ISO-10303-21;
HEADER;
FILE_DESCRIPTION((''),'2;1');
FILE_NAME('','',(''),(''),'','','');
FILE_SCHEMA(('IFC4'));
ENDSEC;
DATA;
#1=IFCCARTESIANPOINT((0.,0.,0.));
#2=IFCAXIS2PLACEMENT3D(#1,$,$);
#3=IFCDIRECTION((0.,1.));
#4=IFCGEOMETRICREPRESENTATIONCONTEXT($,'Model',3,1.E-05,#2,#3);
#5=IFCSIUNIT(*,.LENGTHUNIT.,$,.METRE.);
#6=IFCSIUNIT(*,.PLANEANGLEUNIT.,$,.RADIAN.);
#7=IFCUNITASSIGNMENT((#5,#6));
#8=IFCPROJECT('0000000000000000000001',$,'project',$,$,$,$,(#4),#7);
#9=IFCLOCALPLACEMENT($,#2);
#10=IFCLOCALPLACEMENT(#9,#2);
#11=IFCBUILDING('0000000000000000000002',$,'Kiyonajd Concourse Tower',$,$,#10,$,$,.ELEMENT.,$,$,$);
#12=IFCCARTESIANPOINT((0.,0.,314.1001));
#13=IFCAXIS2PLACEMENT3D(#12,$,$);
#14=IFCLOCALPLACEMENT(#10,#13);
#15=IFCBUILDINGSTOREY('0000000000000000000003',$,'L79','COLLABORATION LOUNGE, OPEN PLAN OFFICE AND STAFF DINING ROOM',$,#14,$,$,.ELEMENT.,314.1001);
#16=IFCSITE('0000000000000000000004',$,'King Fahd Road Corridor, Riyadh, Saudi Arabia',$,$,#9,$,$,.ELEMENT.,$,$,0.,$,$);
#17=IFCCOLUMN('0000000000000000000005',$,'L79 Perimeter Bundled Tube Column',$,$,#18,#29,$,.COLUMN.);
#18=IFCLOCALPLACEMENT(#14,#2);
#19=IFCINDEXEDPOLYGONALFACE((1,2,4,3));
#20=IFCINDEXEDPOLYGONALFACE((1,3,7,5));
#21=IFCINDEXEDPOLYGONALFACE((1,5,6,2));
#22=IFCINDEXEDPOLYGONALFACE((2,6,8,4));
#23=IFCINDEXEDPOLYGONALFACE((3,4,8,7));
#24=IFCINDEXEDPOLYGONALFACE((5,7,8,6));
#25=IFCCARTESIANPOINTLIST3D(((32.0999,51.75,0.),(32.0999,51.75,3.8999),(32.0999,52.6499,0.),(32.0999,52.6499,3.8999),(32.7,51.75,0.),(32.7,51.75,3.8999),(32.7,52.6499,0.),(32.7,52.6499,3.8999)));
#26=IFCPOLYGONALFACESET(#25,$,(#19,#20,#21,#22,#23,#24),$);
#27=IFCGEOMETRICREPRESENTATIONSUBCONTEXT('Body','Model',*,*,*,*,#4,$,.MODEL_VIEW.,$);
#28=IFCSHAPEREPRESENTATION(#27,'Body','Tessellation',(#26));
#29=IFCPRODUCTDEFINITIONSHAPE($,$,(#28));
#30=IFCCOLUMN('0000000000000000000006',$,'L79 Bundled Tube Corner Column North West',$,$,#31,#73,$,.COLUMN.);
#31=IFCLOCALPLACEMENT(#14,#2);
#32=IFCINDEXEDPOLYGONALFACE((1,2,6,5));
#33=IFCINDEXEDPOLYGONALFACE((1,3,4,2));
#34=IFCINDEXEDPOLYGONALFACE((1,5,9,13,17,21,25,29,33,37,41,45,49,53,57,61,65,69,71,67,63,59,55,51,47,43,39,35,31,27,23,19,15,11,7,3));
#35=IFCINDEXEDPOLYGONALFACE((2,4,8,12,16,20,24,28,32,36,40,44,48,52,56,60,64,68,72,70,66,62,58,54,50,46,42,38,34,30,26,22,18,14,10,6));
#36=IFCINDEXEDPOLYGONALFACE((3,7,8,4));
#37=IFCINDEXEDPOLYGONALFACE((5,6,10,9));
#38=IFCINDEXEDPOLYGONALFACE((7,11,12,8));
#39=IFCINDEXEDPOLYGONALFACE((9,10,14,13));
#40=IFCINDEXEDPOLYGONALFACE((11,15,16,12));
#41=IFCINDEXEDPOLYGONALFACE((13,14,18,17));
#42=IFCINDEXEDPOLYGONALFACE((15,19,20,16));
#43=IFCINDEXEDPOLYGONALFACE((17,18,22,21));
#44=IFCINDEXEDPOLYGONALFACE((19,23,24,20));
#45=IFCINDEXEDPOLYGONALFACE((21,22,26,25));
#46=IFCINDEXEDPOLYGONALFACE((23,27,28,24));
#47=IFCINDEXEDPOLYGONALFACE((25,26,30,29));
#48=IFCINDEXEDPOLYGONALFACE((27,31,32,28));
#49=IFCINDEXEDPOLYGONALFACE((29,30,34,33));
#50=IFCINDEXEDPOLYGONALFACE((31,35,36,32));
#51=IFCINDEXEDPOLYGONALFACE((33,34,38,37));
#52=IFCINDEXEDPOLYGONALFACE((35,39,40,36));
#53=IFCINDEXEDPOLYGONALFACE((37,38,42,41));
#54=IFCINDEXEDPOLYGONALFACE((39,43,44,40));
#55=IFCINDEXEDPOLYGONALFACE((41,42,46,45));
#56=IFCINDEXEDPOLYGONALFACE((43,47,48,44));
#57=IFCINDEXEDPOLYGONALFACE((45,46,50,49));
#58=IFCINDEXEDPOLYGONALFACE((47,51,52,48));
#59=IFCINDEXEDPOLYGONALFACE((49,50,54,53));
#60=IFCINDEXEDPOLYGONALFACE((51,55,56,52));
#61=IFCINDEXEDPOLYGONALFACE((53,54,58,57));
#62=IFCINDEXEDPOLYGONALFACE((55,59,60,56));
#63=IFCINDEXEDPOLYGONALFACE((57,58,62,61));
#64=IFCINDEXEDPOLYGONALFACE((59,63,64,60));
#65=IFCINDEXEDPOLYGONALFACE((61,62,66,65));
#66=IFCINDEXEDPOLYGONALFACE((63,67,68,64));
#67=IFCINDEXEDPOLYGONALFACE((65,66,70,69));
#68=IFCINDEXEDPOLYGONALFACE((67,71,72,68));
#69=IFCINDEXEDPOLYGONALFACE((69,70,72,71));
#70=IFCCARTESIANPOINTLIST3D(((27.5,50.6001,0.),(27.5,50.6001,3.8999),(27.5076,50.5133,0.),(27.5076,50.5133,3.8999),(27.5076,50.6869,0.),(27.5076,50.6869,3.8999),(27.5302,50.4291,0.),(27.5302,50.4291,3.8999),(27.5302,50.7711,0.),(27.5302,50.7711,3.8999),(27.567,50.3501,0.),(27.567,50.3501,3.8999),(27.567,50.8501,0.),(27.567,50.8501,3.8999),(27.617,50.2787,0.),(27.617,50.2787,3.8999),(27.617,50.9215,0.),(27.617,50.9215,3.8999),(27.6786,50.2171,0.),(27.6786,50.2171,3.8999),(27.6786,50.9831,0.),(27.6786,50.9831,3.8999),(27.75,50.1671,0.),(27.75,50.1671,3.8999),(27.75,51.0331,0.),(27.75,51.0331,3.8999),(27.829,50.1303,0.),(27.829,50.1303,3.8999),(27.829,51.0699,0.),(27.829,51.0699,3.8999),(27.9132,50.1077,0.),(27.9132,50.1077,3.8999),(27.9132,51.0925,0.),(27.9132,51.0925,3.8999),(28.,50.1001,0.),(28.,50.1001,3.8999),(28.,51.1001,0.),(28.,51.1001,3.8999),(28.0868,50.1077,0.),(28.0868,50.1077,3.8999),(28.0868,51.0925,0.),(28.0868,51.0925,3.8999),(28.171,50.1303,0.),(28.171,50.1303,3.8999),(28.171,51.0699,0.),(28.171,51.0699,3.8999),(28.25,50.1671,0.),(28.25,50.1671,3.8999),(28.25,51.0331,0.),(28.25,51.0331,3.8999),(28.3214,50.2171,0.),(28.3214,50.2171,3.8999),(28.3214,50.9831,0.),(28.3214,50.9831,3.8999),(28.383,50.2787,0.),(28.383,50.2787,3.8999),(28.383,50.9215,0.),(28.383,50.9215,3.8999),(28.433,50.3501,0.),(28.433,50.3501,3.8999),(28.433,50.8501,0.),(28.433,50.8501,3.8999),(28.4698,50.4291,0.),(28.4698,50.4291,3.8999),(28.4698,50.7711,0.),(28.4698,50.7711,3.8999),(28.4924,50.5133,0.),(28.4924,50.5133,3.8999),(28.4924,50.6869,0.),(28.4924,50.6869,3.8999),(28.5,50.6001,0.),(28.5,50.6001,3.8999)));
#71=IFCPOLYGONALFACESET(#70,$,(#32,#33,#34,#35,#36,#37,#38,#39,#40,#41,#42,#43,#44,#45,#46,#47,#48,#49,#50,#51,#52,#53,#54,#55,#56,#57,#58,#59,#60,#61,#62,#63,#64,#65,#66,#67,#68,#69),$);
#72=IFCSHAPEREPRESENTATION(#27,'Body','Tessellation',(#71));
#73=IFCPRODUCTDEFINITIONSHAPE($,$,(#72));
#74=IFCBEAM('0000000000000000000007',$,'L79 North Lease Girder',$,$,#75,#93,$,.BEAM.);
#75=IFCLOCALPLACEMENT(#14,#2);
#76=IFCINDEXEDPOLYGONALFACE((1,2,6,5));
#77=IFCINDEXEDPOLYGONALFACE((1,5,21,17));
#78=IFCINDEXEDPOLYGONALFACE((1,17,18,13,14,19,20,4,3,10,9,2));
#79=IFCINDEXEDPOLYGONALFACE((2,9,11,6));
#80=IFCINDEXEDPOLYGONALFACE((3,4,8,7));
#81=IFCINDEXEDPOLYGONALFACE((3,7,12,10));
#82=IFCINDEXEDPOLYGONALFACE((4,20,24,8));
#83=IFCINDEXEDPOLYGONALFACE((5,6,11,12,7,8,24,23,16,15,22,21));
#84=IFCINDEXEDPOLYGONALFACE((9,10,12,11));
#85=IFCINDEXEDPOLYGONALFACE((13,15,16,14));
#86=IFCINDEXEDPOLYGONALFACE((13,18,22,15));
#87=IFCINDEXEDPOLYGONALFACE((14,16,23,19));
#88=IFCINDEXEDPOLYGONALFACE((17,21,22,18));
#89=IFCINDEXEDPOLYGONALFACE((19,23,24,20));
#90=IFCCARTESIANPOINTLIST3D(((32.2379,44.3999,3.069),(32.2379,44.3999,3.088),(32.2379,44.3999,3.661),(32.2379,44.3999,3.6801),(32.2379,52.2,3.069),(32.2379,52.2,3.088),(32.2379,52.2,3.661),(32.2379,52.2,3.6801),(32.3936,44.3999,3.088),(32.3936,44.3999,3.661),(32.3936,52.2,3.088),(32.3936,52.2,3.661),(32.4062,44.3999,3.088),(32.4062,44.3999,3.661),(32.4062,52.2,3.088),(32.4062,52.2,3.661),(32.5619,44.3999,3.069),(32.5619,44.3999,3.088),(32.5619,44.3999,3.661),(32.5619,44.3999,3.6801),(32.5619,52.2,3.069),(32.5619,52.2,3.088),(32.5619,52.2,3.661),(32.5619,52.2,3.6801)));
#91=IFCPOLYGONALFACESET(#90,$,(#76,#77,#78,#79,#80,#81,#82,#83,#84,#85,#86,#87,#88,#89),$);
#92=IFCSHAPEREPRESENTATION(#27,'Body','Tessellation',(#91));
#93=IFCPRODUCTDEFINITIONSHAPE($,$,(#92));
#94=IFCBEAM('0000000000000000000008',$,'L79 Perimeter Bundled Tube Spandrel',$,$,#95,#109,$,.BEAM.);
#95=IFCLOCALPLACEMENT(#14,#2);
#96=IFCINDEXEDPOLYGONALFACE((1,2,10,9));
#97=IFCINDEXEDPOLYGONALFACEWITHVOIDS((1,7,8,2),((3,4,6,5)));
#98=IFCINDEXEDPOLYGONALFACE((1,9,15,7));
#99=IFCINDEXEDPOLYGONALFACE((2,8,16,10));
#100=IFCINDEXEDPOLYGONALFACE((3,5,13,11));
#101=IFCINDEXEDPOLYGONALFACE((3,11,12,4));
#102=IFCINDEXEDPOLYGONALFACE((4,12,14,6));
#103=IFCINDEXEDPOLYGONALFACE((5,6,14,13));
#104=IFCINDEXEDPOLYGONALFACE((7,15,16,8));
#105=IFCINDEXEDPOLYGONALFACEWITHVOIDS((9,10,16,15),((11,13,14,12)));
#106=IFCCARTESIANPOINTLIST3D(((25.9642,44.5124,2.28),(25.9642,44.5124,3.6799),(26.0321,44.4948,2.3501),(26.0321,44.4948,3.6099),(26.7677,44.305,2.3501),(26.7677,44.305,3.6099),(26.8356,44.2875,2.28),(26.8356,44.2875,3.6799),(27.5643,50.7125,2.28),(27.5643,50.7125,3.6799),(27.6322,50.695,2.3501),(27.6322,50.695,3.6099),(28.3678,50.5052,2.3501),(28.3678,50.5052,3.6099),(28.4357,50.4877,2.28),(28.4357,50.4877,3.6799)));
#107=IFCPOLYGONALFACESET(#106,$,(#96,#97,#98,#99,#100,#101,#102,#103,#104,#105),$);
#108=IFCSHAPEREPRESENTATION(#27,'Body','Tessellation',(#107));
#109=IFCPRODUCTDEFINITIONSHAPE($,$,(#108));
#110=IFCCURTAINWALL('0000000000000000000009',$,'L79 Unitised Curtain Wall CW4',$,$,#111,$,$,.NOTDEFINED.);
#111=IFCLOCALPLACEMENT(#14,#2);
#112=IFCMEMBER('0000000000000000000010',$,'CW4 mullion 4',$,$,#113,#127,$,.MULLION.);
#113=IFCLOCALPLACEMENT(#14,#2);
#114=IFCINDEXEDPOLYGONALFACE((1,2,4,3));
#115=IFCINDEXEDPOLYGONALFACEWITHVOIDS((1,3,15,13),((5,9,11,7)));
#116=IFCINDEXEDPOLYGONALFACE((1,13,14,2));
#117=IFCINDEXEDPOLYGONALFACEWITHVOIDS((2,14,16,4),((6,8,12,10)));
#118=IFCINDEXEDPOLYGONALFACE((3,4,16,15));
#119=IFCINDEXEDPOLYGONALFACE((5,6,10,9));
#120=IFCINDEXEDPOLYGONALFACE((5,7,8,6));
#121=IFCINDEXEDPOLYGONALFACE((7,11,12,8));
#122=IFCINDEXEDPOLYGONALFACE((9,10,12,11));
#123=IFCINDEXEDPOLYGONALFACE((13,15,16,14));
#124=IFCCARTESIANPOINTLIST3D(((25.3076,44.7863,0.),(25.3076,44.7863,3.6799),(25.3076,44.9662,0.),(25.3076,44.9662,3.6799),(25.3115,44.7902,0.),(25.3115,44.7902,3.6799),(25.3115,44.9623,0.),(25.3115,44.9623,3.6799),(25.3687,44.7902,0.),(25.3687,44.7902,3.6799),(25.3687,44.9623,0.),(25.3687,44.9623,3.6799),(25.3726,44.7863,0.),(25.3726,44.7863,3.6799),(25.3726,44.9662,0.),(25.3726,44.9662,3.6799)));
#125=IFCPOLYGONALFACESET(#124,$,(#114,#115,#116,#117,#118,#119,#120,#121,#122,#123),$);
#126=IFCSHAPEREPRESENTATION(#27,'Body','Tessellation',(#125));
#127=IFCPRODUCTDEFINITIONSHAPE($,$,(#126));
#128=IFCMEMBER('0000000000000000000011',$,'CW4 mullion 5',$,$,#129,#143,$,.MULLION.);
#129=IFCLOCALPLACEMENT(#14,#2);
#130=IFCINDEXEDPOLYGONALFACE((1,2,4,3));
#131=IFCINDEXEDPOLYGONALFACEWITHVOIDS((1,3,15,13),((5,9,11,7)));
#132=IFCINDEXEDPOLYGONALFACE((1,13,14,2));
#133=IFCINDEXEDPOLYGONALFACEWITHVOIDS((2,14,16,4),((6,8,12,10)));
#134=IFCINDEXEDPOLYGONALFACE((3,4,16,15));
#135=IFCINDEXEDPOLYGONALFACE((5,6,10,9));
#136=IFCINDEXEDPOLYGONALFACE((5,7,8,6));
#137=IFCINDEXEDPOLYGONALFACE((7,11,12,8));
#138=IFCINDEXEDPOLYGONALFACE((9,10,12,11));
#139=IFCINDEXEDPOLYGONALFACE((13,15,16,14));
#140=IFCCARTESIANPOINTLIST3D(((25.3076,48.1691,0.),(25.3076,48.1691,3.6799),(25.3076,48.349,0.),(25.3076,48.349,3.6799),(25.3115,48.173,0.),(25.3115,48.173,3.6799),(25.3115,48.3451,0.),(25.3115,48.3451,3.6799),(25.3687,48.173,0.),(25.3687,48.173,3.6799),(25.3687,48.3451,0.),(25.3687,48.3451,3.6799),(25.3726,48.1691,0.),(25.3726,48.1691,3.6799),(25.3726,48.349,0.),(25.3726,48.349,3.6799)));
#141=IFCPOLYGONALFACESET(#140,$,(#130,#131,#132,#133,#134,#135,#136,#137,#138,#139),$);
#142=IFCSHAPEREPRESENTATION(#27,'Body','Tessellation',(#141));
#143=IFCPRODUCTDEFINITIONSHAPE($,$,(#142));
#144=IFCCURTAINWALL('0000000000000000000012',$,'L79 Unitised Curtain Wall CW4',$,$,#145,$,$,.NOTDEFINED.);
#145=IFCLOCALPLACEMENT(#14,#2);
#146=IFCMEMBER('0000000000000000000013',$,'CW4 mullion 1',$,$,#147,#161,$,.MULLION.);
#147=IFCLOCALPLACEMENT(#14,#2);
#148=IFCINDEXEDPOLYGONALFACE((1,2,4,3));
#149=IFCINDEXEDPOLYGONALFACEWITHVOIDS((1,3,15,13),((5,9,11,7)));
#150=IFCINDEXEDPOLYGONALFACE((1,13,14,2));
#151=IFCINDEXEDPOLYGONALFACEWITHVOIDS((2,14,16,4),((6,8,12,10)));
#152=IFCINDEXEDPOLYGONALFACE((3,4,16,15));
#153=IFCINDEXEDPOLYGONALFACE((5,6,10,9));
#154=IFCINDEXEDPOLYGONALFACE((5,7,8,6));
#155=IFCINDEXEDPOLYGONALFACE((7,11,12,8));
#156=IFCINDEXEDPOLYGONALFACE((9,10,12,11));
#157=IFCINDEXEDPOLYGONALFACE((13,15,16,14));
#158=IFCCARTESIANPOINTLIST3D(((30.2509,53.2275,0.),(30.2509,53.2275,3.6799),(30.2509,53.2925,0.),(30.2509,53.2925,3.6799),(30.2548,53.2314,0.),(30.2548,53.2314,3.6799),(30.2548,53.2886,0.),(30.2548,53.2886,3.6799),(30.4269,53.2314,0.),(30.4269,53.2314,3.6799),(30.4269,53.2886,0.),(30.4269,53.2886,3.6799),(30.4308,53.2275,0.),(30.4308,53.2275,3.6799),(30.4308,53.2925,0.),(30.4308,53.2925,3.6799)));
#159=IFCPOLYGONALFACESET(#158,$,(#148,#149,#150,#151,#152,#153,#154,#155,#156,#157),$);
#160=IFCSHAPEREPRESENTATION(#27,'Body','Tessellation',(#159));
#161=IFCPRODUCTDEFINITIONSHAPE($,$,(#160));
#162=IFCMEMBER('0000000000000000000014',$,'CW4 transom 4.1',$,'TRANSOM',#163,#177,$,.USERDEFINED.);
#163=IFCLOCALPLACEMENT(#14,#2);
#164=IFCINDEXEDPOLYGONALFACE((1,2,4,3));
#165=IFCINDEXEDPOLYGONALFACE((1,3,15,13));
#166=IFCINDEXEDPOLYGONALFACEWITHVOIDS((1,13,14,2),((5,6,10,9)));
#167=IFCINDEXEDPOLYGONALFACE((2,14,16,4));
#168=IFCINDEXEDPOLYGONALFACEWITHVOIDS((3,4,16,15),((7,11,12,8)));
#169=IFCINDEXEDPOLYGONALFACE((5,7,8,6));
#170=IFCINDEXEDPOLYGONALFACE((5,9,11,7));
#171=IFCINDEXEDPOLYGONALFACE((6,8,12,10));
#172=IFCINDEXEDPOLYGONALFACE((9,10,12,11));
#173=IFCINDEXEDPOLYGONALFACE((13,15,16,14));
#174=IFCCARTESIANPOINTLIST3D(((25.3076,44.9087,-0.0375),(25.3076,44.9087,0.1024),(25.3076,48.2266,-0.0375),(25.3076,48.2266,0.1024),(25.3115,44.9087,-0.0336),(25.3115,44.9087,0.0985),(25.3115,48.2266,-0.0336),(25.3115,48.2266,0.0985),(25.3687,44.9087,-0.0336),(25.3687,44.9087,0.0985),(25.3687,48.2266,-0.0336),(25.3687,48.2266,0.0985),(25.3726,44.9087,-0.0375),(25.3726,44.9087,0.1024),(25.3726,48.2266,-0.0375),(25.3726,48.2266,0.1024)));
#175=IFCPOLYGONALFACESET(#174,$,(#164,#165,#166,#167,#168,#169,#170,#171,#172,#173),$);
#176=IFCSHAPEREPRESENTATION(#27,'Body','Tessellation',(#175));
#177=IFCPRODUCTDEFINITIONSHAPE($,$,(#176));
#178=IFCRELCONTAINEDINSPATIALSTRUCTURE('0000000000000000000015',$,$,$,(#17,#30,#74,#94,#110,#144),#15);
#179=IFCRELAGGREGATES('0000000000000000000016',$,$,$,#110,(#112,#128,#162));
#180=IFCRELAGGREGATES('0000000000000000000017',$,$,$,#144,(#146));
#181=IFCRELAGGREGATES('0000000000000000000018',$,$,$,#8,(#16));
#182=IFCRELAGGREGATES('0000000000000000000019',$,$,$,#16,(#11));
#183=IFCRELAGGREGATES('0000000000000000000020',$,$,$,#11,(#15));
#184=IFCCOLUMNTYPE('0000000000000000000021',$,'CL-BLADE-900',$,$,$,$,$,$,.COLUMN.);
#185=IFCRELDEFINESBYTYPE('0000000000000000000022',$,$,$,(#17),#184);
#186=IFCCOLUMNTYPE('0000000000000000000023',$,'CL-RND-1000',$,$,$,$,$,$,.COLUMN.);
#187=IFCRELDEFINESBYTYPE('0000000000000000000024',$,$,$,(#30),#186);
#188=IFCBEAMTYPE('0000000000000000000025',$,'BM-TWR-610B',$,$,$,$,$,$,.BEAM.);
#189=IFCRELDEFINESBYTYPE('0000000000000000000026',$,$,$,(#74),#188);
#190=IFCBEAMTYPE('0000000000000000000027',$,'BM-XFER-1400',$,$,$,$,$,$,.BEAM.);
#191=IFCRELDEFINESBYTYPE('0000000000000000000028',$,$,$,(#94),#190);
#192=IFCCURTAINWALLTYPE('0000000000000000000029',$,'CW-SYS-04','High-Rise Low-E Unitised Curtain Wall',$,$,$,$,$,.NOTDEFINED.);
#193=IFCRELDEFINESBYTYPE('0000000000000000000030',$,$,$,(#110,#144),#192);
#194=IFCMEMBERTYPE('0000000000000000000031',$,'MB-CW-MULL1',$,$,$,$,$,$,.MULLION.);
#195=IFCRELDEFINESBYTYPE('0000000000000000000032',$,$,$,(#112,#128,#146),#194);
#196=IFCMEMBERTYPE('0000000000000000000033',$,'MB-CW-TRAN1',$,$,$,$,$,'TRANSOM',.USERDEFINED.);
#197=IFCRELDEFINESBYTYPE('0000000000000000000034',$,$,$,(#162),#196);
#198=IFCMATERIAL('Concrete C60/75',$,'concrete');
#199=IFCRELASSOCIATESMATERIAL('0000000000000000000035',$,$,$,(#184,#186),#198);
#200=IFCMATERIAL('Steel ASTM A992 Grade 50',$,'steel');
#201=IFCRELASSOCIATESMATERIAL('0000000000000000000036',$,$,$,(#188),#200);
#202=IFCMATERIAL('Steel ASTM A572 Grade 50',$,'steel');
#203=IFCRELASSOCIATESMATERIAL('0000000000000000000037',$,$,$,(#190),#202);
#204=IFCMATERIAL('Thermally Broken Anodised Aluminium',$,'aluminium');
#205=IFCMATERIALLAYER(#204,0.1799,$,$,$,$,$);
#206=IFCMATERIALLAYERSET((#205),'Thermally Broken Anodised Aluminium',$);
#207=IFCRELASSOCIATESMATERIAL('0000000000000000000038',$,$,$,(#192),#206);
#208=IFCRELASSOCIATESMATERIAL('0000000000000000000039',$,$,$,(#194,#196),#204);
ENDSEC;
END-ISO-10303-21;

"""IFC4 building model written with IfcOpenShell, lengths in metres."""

from ifc_helpers import new_model, si_unit, direction, frame, origin, origin_2d, place, context, subcontext, project, spatial, rectangle, hollow_rectangle, circle, i_section, extrude, material, layer, layer_set, material_profile, profile_set, type_object, element, aggregate, save


model = new_model("IFC4")

# Units and contexts
model_context = context("Model", 3, precision=1e-05, world=origin(), true_north=direction((0.0, 1.0)))
body_context = subcontext(model_context, "Body", "Model", "MODEL_VIEW")
ifc_project = project(units=[si_unit("LENGTHUNIT", "METRE"), si_unit("PLANEANGLEUNIT", "RADIAN")], contexts=[model_context])

# Site, building, storey
site_placement = place(None, origin())
site = spatial("IfcSite", under=ifc_project, at=site_placement, Name="King Fahd Road Corridor, Riyadh, Saudi Arabia", CompositionType="ELEMENT", RefElevation=0.0)
building_placement = place(site_placement, origin())
building = spatial("IfcBuilding", under=site, at=building_placement, Name="Kiyonajd Concourse Tower", CompositionType="ELEMENT")
storey_placement = place(building_placement, frame((0.0, 0.0, 314.1001)))
storey = spatial("IfcBuildingStorey", under=building, at=storey_placement, Name="L79", Description="COLLABORATION LOUNGE, OPEN PLAN OFFICE AND STAFF DINING ROOM", CompositionType="ELEMENT", Elevation=314.1001)

# Columns
ifc_material_1 = material(Name="Concrete C60/75", Category="concrete")
ifc_material_profile_1 = material_profile(ifc_material_1, rectangle(XDim=0.6001, YDim=0.8999, at=origin_2d()), Name="RC-900x600")
ifc_profile_set_1 = profile_set([ifc_material_profile_1], Name="Concrete C60/75")
column_type_1 = type_object("IfcColumnType", Name="CL-BLADE-900", PredefinedType="COLUMN", material=ifc_profile_set_1)
column_1_placement = place(storey_placement, frame((32.3999, 52.2, 0.0), z_axis=(0.0, 0.0, 1.0), x_axis=(1.0, 0.0, 0.0)))
element("IfcColumn", 1, at=column_1_placement, inside=storey, type_object=column_type_1, Name="L79 Perimeter Bundled Tube Column", PredefinedType="COLUMN", context=body_context, shape_type="SweptSolid", body=[
    extrude(rectangle(XDim=0.6001, YDim=0.8999, at=origin_2d()), origin(), (0.0, 0.0, 1.0), 3.8999),
])
ifc_material_profile_2 = material_profile(ifc_material_1, circle(Radius=0.5, at=origin_2d()), Name="RCC-D1000")
ifc_profile_set_2 = profile_set([ifc_material_profile_2], Name="Concrete C60/75")
column_type_2 = type_object("IfcColumnType", Name="CL-RND-1000", PredefinedType="COLUMN", material=ifc_profile_set_2)
column_2_placement = place(storey_placement, frame((28.0, 50.6001, 0.0), z_axis=(0.0, 0.0, 1.0), x_axis=(1.0, 0.0, 0.0)))
element("IfcColumn", 2, at=column_2_placement, inside=storey, type_object=column_type_2, Name="L79 Bundled Tube Corner Column North West", PredefinedType="COLUMN", context=body_context, shape_type="SweptSolid", body=[
    extrude(circle(Radius=0.5, at=origin_2d()), origin(), (0.0, 0.0, 1.0), 3.8999),
])

# Beams
ifc_material_2 = material(Name="Steel ASTM A992 Grade 50", Category="steel")
ifc_material_profile_3 = material_profile(ifc_material_2, i_section(OverallWidth=0.324, OverallDepth=0.6111, WebThickness=0.0127, FlangeThickness=0.019, at=origin_2d()), Name="W610X155")
ifc_profile_set_3 = profile_set([ifc_material_profile_3], Name="Steel ASTM A992 Grade 50")
beam_type_1 = type_object("IfcBeamType", Name="BM-TWR-610B", PredefinedType="BEAM", material=ifc_profile_set_3)
beam_1_placement = place(storey_placement, frame((32.3999, 44.3999, 3.3745), z_axis=(0.0, 1.0, 0.0), x_axis=(-1.0, 0.0, 0.0)))
element("IfcBeam", 3, at=beam_1_placement, inside=storey, type_object=beam_type_1, Name="L79 North Lease Girder", PredefinedType="BEAM", context=body_context, shape_type="SweptSolid", body=[
    extrude(i_section(OverallWidth=0.324, OverallDepth=0.6111, WebThickness=0.0127, FlangeThickness=0.019, at=origin_2d()), origin(), (0.0, 0.0, 1.0), 7.8),
])
ifc_material_3 = material(Name="Steel ASTM A572 Grade 50", Category="steel")
ifc_material_profile_4 = material_profile(ifc_material_3, hollow_rectangle(XDim=0.8999, YDim=1.3999, WallThickness=0.0701, at=origin_2d()), Name="BOX-1400x900x70")
ifc_profile_set_4 = profile_set([ifc_material_profile_4], Name="Steel ASTM A572 Grade 50")
beam_type_2 = type_object("IfcBeamType", Name="BM-XFER-1400", PredefinedType="BEAM", material=ifc_profile_set_4)
beam_2_placement = place(storey_placement, frame((28.0, 50.6001, 2.98), z_axis=(-0.249885, -0.968276, 0.0), x_axis=(0.968276, -0.249885, 0.0)))
element("IfcBeam", 4, at=beam_2_placement, inside=storey, type_object=beam_type_2, Name="L79 Perimeter Bundled Tube Spandrel", PredefinedType="BEAM", context=body_context, shape_type="SweptSolid", body=[
    extrude(hollow_rectangle(XDim=0.8999, YDim=1.3999, WallThickness=0.0701, at=origin_2d()), origin(), (0.0, 0.0, 1.0), 6.4033),
])

# Curtain wall, members
ifc_material_4 = material(Name="Thermally Broken Anodised Aluminium", Category="aluminium")
ifc_layer_1 = layer(ifc_material_4, 0.1799)
ifc_layer_set_1 = layer_set([ifc_layer_1], Name="Thermally Broken Anodised Aluminium")
curtain_wall_type = type_object("IfcCurtainWallType", Name="CW-SYS-04", Description="High-Rise Low-E Unitised Curtain Wall", PredefinedType="NOTDEFINED", material=ifc_layer_set_1)
curtain_wall_1_placement = place(storey_placement, origin())
curtain_wall_1 = element("IfcCurtainWall", 5, at=curtain_wall_1_placement, inside=storey, type_object=curtain_wall_type, Name="L79 Unitised Curtain Wall CW4", PredefinedType="NOTDEFINED")
ifc_material_profile_5 = material_profile(ifc_material_4, hollow_rectangle(XDim=0.0649, YDim=0.1799, WallThickness=0.0039, at=origin_2d()), Name="MULL-65x180")
ifc_profile_set_5 = profile_set([ifc_material_profile_5], Name="Thermally Broken Anodised Aluminium")
member_type_1 = type_object("IfcMemberType", Name="MB-CW-MULL1", PredefinedType="MULLION", material=ifc_profile_set_5)
member_1_placement = place(storey_placement, frame((25.3401, 44.8762, 0.0), z_axis=(0.0, 0.0, 1.0), x_axis=(-1.0, 0.0, 0.0)))
member_1 = element("IfcMember", 6, at=member_1_placement, type_object=member_type_1, Name="CW4 mullion 4", PredefinedType="MULLION", context=body_context, shape_type="SweptSolid", body=[
    extrude(hollow_rectangle(XDim=0.0649, YDim=0.1799, WallThickness=0.0039, at=origin_2d()), origin(), (0.0, 0.0, 1.0), 3.6799),
])
member_2_placement = place(storey_placement, frame((25.3401, 48.259, 0.0), z_axis=(0.0, 0.0, 1.0), x_axis=(-1.0, 0.0, 0.0)))
member_2 = element("IfcMember", 7, at=member_2_placement, type_object=member_type_1, Name="CW4 mullion 5", PredefinedType="MULLION", context=body_context, shape_type="SweptSolid", body=[
    extrude(hollow_rectangle(XDim=0.0649, YDim=0.1799, WallThickness=0.0039, at=origin_2d()), origin(), (0.0, 0.0, 1.0), 3.6799),
])

# Curtain wall, member
curtain_wall_2_placement = place(storey_placement, origin())
curtain_wall_2 = element("IfcCurtainWall", 8, at=curtain_wall_2_placement, inside=storey, type_object=curtain_wall_type, Name="L79 Unitised Curtain Wall CW4", PredefinedType="NOTDEFINED")
member_3_placement = place(storey_placement, frame((30.3408, 53.26, 0.0), z_axis=(0.0, 0.0, 1.0), x_axis=(0.0, 1.0, 0.0)))
member_3 = element("IfcMember", 9, at=member_3_placement, type_object=member_type_1, Name="CW4 mullion 1", PredefinedType="MULLION", context=body_context, shape_type="SweptSolid", body=[
    extrude(hollow_rectangle(XDim=0.0649, YDim=0.1799, WallThickness=0.0039, at=origin_2d()), origin(), (0.0, 0.0, 1.0), 3.6799),
])

# Member
ifc_material_profile_6 = material_profile(ifc_material_4, hollow_rectangle(XDim=0.0649, YDim=0.1399, WallThickness=0.0039, at=origin_2d()), Name="TRAN-65x140")
ifc_profile_set_6 = profile_set([ifc_material_profile_6], Name="Thermally Broken Anodised Aluminium")
member_type_2 = type_object("IfcMemberType", Name="MB-CW-TRAN1", ElementType="TRANSOM", PredefinedType="USERDEFINED", material=ifc_profile_set_6)
member_4_placement = place(storey_placement, frame((25.3401, 44.9087, 0.0325), z_axis=(0.0, 1.0, 0.0), x_axis=(-1.0, 0.0, 0.0)))
member_4 = element("IfcMember", 10, at=member_4_placement, type_object=member_type_2, Name="CW4 transom 4.1", ObjectType="TRANSOM", PredefinedType="USERDEFINED", context=body_context, shape_type="SweptSolid", body=[
    extrude(hollow_rectangle(XDim=0.0649, YDim=0.1399, WallThickness=0.0039, at=origin_2d()), origin(), (0.0, 0.0, 1.0), 3.3179),
])

aggregate(curtain_wall_1, [member_1, member_2, member_4])
aggregate(curtain_wall_2, [member_3])

save(model, "model.ifc")
